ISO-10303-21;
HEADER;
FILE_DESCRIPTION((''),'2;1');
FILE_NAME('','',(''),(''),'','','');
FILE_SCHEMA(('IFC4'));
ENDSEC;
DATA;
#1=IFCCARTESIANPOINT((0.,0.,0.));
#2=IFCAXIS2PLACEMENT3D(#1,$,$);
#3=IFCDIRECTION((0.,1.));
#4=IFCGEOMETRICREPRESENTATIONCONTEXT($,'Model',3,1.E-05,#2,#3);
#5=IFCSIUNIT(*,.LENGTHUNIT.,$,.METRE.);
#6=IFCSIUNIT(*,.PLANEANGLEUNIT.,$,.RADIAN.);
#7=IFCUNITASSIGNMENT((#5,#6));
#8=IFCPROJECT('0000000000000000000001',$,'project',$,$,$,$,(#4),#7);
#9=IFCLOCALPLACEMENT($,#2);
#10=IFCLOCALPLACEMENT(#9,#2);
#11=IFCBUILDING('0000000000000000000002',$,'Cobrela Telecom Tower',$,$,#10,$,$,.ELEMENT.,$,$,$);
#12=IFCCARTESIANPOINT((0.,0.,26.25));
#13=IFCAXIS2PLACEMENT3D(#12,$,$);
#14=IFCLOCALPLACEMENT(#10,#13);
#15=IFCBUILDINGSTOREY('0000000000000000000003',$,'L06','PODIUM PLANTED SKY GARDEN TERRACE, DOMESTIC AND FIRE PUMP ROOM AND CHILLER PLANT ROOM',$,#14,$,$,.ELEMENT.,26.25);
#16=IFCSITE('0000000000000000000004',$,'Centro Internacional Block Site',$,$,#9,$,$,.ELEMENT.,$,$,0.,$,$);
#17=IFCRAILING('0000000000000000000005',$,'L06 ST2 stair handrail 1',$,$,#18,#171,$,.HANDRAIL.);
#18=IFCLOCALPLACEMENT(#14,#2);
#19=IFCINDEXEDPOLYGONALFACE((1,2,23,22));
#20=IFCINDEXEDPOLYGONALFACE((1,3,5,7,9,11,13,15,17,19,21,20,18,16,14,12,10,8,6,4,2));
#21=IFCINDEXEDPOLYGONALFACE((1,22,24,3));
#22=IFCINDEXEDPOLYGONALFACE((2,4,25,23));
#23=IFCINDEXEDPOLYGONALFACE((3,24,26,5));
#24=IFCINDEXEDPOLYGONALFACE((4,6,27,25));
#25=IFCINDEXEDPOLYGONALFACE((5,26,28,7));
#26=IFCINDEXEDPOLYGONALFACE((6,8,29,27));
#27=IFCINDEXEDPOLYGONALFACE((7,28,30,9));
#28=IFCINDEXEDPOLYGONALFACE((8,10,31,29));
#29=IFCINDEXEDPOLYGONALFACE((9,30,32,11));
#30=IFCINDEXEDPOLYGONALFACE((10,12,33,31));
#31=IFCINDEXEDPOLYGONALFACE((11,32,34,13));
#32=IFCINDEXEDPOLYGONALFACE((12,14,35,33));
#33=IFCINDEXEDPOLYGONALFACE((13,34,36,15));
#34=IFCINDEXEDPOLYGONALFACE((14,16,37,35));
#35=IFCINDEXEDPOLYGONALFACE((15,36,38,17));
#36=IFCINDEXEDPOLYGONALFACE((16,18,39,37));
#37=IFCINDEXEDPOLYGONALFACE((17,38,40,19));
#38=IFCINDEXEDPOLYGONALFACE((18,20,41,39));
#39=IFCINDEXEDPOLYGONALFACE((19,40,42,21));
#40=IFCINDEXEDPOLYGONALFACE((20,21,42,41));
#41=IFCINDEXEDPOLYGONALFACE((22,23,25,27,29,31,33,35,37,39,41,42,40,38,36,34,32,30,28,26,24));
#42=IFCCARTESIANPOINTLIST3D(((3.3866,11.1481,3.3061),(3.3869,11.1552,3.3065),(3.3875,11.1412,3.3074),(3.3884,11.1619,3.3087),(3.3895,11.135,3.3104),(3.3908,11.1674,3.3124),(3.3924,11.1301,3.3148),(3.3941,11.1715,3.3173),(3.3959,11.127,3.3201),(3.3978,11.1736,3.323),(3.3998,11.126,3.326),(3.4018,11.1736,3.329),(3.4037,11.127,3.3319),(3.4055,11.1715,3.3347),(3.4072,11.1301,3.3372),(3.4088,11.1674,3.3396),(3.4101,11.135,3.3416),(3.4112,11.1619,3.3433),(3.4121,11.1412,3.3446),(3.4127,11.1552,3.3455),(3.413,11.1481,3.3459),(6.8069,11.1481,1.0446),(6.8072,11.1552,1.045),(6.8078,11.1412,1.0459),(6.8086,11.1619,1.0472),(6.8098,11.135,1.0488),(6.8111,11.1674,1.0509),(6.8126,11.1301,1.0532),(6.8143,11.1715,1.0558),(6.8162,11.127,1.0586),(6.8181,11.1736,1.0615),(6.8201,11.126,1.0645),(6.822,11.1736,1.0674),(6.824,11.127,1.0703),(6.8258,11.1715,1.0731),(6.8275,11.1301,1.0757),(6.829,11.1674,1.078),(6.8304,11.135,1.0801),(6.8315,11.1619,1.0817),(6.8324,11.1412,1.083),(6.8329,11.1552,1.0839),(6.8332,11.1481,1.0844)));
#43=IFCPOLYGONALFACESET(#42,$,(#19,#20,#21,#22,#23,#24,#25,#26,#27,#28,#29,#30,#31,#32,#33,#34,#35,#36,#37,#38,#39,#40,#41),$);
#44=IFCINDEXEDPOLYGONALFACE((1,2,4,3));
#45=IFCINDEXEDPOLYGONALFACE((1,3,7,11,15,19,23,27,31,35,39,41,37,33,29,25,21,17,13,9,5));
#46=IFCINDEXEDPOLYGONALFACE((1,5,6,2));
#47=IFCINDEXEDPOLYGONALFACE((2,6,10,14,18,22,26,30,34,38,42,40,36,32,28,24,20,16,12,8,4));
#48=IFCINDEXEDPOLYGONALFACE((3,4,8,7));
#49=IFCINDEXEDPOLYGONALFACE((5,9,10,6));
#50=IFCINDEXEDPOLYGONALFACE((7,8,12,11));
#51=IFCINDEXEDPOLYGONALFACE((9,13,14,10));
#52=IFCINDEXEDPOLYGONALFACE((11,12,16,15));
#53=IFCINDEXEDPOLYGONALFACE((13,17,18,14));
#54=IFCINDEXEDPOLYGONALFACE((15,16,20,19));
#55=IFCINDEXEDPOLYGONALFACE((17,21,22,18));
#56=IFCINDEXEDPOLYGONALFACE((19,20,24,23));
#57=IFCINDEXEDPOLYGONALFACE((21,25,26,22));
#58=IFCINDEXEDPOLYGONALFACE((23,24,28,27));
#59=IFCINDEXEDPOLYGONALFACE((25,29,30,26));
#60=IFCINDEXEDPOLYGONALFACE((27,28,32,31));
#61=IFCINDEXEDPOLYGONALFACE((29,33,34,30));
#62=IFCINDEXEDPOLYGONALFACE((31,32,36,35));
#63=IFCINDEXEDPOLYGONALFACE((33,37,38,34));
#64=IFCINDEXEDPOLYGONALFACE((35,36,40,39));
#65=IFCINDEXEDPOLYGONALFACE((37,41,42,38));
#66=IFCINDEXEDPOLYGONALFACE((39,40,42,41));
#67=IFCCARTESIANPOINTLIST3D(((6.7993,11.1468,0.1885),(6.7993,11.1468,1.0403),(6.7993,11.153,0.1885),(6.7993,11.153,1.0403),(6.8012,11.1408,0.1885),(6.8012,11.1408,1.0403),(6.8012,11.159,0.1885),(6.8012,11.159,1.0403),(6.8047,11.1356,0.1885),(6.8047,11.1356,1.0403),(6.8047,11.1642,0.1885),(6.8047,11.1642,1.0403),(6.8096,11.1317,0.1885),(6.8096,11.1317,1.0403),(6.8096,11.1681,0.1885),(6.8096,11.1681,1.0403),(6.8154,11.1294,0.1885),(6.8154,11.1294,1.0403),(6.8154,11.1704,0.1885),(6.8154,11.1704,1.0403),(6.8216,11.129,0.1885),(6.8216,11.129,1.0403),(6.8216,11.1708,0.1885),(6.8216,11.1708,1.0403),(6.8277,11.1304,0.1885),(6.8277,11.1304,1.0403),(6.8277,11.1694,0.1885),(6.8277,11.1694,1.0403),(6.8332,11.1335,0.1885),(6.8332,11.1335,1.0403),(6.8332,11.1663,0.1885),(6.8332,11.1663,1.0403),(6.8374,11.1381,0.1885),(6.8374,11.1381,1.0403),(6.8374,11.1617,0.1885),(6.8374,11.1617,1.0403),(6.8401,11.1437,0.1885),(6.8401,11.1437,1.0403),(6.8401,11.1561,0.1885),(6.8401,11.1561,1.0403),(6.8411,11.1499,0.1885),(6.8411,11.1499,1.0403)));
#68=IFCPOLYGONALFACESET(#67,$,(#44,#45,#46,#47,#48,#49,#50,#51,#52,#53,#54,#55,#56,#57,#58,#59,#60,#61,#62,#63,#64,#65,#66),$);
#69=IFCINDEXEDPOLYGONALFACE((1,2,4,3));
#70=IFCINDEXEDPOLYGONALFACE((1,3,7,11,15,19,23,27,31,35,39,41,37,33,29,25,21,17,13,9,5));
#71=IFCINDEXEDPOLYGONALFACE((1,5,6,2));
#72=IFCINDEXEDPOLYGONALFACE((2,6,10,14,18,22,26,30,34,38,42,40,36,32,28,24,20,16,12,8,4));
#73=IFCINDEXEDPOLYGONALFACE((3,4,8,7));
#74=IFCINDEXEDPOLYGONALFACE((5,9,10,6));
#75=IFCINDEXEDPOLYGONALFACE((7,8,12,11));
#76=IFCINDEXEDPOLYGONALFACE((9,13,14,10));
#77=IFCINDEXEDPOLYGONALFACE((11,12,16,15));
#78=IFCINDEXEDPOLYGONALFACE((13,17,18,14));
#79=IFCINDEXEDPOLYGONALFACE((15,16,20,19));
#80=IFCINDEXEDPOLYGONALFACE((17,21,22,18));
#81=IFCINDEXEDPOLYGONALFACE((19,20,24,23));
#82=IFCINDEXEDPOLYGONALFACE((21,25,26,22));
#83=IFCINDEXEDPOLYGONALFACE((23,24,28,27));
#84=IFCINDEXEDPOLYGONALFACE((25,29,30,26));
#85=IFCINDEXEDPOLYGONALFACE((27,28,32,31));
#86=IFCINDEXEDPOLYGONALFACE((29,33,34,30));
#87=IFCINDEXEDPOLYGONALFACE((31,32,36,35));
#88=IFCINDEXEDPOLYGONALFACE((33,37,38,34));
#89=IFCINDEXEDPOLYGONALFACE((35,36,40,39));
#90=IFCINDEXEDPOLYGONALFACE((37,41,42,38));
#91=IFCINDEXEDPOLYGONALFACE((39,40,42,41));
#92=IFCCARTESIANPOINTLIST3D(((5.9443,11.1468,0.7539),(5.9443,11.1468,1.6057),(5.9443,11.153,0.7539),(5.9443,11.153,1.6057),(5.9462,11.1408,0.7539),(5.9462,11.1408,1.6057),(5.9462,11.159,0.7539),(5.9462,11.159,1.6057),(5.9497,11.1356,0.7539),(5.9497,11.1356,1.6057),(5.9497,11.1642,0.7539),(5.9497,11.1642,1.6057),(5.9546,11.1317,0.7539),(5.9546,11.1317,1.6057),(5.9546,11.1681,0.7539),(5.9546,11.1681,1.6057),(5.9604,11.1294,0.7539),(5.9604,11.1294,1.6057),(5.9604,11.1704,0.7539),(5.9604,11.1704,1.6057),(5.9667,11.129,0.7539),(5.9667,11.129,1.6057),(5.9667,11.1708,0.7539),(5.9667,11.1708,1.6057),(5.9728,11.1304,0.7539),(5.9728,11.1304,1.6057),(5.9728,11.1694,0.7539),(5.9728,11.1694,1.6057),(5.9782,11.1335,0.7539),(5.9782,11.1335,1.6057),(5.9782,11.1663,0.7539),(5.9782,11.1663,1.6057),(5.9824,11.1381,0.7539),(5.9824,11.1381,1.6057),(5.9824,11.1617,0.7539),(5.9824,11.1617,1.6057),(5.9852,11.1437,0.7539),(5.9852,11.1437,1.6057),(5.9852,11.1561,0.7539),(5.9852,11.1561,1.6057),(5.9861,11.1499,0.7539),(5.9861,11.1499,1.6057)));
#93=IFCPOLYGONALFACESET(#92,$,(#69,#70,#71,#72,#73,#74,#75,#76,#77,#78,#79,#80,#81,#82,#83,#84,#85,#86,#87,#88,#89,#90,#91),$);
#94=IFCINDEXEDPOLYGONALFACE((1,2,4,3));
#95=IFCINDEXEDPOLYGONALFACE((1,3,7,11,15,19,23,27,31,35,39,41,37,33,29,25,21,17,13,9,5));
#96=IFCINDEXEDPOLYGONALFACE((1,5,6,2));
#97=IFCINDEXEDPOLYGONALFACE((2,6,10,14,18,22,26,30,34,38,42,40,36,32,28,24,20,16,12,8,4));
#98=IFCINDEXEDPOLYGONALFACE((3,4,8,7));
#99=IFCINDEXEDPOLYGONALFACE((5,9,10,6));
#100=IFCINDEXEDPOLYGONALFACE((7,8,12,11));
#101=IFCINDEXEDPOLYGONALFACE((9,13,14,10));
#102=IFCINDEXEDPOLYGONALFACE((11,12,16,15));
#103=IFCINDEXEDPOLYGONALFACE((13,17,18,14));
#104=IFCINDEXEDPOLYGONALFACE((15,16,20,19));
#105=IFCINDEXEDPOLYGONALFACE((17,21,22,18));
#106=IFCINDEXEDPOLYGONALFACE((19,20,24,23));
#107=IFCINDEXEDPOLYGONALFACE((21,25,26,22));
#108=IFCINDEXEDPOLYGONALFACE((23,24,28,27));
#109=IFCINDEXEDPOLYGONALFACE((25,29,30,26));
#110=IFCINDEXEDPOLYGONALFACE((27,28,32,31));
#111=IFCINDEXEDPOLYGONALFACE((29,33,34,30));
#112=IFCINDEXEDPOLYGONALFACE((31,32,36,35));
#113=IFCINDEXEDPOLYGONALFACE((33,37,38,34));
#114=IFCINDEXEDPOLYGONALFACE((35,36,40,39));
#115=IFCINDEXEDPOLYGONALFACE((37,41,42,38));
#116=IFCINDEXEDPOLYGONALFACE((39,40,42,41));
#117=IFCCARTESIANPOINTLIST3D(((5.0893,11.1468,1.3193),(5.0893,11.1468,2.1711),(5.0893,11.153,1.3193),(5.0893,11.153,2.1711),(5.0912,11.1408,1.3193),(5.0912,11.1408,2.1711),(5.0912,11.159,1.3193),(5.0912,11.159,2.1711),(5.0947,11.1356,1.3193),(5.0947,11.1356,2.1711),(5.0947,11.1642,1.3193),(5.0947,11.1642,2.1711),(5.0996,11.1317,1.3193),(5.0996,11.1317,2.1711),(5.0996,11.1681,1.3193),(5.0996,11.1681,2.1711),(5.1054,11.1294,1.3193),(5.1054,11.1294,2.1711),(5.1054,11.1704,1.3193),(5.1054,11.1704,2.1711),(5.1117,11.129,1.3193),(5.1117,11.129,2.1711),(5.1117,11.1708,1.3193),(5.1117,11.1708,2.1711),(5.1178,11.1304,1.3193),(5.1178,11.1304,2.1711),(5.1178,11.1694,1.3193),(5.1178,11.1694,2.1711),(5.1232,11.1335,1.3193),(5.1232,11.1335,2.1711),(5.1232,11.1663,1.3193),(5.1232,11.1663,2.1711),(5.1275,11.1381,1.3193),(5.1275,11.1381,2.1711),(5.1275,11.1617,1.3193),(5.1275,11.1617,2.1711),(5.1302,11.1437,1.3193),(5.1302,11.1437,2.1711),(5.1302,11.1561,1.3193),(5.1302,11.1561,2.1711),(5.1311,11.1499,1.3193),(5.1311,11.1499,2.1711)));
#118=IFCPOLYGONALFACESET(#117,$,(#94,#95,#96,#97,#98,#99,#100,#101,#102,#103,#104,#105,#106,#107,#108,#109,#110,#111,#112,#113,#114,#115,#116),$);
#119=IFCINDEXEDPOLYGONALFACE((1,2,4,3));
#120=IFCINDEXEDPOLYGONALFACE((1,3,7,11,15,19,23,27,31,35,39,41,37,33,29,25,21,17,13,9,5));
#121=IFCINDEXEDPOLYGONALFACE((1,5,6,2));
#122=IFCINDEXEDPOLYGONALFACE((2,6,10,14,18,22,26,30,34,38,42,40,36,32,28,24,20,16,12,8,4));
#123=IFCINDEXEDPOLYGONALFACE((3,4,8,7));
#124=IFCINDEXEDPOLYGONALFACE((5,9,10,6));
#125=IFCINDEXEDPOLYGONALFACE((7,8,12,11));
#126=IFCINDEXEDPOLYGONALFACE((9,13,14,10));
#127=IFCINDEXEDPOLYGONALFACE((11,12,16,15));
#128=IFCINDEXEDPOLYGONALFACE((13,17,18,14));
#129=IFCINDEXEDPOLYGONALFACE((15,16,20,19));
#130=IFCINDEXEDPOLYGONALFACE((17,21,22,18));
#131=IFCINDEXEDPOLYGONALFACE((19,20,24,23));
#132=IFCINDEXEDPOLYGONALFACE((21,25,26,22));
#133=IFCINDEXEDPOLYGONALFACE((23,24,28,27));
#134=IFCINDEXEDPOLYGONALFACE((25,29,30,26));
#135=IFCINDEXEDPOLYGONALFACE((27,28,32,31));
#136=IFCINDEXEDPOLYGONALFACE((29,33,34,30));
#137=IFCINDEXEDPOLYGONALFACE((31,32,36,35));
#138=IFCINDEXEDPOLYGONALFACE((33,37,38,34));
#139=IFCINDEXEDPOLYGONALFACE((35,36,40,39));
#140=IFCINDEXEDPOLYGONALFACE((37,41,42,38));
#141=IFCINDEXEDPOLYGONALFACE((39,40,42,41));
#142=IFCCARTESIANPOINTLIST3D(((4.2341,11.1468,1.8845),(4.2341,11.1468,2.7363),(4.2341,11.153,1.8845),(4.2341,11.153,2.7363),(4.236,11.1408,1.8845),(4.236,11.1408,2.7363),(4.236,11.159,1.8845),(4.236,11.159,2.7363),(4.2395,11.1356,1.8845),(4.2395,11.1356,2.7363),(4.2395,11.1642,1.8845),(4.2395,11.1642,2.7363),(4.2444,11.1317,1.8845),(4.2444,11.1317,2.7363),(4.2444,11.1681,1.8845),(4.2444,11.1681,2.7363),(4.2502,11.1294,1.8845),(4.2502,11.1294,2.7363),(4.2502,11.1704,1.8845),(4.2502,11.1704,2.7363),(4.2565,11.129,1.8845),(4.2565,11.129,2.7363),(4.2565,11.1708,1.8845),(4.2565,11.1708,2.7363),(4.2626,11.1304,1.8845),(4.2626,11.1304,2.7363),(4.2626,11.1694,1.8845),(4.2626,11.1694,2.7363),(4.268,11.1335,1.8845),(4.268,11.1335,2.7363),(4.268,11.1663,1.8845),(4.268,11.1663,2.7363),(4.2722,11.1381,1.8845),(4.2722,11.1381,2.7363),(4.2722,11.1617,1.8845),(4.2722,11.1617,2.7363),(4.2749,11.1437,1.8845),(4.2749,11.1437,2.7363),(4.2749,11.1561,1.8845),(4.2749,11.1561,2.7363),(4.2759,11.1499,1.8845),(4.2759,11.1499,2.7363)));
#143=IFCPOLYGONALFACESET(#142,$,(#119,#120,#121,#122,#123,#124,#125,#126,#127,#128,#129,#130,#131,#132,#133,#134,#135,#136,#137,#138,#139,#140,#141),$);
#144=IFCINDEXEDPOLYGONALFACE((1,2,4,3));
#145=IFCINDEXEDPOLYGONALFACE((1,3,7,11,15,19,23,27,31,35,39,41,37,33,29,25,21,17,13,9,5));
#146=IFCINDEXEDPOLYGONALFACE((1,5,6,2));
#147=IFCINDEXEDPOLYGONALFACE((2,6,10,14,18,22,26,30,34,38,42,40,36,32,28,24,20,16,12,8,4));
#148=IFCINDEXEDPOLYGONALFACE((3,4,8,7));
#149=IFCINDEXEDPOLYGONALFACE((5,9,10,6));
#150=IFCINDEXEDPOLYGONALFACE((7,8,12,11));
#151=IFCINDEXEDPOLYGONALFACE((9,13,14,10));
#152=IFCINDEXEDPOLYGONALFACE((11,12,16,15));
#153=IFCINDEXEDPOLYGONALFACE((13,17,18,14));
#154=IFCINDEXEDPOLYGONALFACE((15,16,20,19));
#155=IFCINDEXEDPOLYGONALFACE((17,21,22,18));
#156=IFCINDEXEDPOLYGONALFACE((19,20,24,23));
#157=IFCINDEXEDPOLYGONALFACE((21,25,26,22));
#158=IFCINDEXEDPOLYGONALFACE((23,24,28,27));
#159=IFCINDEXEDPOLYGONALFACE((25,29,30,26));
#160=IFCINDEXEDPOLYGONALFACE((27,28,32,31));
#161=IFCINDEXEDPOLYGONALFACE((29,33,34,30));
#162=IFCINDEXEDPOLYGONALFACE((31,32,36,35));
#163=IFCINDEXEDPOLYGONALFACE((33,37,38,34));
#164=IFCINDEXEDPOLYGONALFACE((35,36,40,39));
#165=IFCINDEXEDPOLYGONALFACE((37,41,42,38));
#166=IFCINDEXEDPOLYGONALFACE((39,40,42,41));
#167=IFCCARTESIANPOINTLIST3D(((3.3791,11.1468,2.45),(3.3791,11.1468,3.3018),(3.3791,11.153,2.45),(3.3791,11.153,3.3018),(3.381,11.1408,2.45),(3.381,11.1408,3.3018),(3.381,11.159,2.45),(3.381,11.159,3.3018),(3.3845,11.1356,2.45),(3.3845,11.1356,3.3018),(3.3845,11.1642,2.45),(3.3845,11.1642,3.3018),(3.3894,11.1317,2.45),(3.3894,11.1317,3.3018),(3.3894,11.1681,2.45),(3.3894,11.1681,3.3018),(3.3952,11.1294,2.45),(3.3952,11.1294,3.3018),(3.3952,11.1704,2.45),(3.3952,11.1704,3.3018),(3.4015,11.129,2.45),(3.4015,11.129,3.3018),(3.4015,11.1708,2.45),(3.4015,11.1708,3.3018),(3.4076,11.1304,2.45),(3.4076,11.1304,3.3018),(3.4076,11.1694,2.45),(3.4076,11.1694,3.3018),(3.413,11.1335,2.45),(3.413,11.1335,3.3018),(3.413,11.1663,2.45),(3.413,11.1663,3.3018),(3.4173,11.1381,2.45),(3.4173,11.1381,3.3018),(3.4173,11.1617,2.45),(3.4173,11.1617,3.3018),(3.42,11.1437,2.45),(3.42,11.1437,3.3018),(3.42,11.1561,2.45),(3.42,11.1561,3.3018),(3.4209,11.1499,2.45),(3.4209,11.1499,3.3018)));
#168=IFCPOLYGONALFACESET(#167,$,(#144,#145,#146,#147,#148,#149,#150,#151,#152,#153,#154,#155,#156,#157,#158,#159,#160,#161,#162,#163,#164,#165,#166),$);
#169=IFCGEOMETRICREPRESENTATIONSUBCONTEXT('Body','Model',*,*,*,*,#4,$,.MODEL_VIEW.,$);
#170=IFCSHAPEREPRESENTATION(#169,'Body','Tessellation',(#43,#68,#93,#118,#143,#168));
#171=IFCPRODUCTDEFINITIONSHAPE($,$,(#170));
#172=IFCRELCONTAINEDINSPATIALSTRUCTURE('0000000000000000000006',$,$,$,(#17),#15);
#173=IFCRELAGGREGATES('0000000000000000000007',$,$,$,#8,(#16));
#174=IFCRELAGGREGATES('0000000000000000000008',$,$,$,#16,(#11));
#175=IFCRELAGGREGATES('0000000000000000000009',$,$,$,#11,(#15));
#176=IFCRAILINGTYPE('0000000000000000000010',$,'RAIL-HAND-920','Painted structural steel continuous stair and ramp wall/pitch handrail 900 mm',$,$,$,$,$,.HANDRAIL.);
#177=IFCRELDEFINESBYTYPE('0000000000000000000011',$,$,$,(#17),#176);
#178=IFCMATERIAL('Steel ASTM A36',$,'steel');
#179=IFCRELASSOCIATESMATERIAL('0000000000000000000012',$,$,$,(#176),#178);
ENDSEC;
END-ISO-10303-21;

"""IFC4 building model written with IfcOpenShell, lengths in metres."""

from ifc_helpers import new_model, si_unit, direction, frame, origin, origin_2d, place, context, subcontext, project, spatial, circle, extrude, material, type_object, element, save


model = new_model("IFC4")

# Units and contexts
model_context = context("Model", 3, precision=1e-05, world=origin(), true_north=direction((0.0, 1.0)))
body_context = subcontext(model_context, "Body", "Model", "MODEL_VIEW")
ifc_project = project(units=[si_unit("LENGTHUNIT", "METRE"), si_unit("PLANEANGLEUNIT", "RADIAN")], contexts=[model_context])

# Site, building, storey
site_placement = place(None, origin())
site = spatial("IfcSite", under=ifc_project, at=site_placement, Name="Centro Internacional Block Site", CompositionType="ELEMENT", RefElevation=0.0)
building_placement = place(site_placement, origin())
building = spatial("IfcBuilding", under=site, at=building_placement, Name="Cobrela Telecom Tower", CompositionType="ELEMENT")
storey_placement = place(building_placement, frame((0.0, 0.0, 26.25)))
storey = spatial("IfcBuildingStorey", under=building, at=storey_placement, Name="L06", Description="PODIUM PLANTED SKY GARDEN TERRACE, DOMESTIC AND FIRE PUMP ROOM AND CHILLER PLANT ROOM", CompositionType="ELEMENT", Elevation=26.25)

# Shared definitions
ifc_material_1 = material(Name="Steel ASTM A36", Category="steel")

# Railing
railing_type_1 = type_object("IfcRailingType", Name="RAIL-HAND-920", Description="Painted structural steel continuous stair and ramp wall/pitch handrail 900 mm", PredefinedType="HANDRAIL", material=ifc_material_1)
railing_1_placement = place(storey_placement, frame((6.8201, 11.1499, 0.1885)))
element("IfcRailing", 1, at=railing_1_placement, inside=storey, type_object=railing_type_1, Name="L06 ST2 stair handrail 1", PredefinedType="HANDRAIL", context=body_context, shape_type="SweptSolid", body=[
    extrude(circle(Radius=0.0239, at=origin_2d()), frame((0.0, 0.0, 0.876), z_axis=(-0.834142, 0.0, 0.55155), x_axis=(0.0, -1.0, 0.0)), (0.0, 0.0, 1.0), 4.1003),
    extrude(circle(Radius=0.021, at=origin_2d()), origin(), (0.0, 0.0, 1.0), 0.8518),
    extrude(circle(Radius=0.021, at=origin_2d()), frame((-0.855, 0.0, 0.5654)), (0.0, 0.0, 1.0), 0.8518),
    extrude(circle(Radius=0.021, at=origin_2d()), frame((-1.71, 0.0, 1.1309)), (0.0, 0.0, 1.0), 0.8518),
    extrude(circle(Radius=0.021, at=origin_2d()), frame((-2.5652, 0.0, 1.696)), (0.0, 0.0, 1.0), 0.8518),
    extrude(circle(Radius=0.021, at=origin_2d()), frame((-3.4202, 0.0, 2.2615)), (0.0, 0.0, 1.0), 0.8518),
])

save(model, "model.ifc")
